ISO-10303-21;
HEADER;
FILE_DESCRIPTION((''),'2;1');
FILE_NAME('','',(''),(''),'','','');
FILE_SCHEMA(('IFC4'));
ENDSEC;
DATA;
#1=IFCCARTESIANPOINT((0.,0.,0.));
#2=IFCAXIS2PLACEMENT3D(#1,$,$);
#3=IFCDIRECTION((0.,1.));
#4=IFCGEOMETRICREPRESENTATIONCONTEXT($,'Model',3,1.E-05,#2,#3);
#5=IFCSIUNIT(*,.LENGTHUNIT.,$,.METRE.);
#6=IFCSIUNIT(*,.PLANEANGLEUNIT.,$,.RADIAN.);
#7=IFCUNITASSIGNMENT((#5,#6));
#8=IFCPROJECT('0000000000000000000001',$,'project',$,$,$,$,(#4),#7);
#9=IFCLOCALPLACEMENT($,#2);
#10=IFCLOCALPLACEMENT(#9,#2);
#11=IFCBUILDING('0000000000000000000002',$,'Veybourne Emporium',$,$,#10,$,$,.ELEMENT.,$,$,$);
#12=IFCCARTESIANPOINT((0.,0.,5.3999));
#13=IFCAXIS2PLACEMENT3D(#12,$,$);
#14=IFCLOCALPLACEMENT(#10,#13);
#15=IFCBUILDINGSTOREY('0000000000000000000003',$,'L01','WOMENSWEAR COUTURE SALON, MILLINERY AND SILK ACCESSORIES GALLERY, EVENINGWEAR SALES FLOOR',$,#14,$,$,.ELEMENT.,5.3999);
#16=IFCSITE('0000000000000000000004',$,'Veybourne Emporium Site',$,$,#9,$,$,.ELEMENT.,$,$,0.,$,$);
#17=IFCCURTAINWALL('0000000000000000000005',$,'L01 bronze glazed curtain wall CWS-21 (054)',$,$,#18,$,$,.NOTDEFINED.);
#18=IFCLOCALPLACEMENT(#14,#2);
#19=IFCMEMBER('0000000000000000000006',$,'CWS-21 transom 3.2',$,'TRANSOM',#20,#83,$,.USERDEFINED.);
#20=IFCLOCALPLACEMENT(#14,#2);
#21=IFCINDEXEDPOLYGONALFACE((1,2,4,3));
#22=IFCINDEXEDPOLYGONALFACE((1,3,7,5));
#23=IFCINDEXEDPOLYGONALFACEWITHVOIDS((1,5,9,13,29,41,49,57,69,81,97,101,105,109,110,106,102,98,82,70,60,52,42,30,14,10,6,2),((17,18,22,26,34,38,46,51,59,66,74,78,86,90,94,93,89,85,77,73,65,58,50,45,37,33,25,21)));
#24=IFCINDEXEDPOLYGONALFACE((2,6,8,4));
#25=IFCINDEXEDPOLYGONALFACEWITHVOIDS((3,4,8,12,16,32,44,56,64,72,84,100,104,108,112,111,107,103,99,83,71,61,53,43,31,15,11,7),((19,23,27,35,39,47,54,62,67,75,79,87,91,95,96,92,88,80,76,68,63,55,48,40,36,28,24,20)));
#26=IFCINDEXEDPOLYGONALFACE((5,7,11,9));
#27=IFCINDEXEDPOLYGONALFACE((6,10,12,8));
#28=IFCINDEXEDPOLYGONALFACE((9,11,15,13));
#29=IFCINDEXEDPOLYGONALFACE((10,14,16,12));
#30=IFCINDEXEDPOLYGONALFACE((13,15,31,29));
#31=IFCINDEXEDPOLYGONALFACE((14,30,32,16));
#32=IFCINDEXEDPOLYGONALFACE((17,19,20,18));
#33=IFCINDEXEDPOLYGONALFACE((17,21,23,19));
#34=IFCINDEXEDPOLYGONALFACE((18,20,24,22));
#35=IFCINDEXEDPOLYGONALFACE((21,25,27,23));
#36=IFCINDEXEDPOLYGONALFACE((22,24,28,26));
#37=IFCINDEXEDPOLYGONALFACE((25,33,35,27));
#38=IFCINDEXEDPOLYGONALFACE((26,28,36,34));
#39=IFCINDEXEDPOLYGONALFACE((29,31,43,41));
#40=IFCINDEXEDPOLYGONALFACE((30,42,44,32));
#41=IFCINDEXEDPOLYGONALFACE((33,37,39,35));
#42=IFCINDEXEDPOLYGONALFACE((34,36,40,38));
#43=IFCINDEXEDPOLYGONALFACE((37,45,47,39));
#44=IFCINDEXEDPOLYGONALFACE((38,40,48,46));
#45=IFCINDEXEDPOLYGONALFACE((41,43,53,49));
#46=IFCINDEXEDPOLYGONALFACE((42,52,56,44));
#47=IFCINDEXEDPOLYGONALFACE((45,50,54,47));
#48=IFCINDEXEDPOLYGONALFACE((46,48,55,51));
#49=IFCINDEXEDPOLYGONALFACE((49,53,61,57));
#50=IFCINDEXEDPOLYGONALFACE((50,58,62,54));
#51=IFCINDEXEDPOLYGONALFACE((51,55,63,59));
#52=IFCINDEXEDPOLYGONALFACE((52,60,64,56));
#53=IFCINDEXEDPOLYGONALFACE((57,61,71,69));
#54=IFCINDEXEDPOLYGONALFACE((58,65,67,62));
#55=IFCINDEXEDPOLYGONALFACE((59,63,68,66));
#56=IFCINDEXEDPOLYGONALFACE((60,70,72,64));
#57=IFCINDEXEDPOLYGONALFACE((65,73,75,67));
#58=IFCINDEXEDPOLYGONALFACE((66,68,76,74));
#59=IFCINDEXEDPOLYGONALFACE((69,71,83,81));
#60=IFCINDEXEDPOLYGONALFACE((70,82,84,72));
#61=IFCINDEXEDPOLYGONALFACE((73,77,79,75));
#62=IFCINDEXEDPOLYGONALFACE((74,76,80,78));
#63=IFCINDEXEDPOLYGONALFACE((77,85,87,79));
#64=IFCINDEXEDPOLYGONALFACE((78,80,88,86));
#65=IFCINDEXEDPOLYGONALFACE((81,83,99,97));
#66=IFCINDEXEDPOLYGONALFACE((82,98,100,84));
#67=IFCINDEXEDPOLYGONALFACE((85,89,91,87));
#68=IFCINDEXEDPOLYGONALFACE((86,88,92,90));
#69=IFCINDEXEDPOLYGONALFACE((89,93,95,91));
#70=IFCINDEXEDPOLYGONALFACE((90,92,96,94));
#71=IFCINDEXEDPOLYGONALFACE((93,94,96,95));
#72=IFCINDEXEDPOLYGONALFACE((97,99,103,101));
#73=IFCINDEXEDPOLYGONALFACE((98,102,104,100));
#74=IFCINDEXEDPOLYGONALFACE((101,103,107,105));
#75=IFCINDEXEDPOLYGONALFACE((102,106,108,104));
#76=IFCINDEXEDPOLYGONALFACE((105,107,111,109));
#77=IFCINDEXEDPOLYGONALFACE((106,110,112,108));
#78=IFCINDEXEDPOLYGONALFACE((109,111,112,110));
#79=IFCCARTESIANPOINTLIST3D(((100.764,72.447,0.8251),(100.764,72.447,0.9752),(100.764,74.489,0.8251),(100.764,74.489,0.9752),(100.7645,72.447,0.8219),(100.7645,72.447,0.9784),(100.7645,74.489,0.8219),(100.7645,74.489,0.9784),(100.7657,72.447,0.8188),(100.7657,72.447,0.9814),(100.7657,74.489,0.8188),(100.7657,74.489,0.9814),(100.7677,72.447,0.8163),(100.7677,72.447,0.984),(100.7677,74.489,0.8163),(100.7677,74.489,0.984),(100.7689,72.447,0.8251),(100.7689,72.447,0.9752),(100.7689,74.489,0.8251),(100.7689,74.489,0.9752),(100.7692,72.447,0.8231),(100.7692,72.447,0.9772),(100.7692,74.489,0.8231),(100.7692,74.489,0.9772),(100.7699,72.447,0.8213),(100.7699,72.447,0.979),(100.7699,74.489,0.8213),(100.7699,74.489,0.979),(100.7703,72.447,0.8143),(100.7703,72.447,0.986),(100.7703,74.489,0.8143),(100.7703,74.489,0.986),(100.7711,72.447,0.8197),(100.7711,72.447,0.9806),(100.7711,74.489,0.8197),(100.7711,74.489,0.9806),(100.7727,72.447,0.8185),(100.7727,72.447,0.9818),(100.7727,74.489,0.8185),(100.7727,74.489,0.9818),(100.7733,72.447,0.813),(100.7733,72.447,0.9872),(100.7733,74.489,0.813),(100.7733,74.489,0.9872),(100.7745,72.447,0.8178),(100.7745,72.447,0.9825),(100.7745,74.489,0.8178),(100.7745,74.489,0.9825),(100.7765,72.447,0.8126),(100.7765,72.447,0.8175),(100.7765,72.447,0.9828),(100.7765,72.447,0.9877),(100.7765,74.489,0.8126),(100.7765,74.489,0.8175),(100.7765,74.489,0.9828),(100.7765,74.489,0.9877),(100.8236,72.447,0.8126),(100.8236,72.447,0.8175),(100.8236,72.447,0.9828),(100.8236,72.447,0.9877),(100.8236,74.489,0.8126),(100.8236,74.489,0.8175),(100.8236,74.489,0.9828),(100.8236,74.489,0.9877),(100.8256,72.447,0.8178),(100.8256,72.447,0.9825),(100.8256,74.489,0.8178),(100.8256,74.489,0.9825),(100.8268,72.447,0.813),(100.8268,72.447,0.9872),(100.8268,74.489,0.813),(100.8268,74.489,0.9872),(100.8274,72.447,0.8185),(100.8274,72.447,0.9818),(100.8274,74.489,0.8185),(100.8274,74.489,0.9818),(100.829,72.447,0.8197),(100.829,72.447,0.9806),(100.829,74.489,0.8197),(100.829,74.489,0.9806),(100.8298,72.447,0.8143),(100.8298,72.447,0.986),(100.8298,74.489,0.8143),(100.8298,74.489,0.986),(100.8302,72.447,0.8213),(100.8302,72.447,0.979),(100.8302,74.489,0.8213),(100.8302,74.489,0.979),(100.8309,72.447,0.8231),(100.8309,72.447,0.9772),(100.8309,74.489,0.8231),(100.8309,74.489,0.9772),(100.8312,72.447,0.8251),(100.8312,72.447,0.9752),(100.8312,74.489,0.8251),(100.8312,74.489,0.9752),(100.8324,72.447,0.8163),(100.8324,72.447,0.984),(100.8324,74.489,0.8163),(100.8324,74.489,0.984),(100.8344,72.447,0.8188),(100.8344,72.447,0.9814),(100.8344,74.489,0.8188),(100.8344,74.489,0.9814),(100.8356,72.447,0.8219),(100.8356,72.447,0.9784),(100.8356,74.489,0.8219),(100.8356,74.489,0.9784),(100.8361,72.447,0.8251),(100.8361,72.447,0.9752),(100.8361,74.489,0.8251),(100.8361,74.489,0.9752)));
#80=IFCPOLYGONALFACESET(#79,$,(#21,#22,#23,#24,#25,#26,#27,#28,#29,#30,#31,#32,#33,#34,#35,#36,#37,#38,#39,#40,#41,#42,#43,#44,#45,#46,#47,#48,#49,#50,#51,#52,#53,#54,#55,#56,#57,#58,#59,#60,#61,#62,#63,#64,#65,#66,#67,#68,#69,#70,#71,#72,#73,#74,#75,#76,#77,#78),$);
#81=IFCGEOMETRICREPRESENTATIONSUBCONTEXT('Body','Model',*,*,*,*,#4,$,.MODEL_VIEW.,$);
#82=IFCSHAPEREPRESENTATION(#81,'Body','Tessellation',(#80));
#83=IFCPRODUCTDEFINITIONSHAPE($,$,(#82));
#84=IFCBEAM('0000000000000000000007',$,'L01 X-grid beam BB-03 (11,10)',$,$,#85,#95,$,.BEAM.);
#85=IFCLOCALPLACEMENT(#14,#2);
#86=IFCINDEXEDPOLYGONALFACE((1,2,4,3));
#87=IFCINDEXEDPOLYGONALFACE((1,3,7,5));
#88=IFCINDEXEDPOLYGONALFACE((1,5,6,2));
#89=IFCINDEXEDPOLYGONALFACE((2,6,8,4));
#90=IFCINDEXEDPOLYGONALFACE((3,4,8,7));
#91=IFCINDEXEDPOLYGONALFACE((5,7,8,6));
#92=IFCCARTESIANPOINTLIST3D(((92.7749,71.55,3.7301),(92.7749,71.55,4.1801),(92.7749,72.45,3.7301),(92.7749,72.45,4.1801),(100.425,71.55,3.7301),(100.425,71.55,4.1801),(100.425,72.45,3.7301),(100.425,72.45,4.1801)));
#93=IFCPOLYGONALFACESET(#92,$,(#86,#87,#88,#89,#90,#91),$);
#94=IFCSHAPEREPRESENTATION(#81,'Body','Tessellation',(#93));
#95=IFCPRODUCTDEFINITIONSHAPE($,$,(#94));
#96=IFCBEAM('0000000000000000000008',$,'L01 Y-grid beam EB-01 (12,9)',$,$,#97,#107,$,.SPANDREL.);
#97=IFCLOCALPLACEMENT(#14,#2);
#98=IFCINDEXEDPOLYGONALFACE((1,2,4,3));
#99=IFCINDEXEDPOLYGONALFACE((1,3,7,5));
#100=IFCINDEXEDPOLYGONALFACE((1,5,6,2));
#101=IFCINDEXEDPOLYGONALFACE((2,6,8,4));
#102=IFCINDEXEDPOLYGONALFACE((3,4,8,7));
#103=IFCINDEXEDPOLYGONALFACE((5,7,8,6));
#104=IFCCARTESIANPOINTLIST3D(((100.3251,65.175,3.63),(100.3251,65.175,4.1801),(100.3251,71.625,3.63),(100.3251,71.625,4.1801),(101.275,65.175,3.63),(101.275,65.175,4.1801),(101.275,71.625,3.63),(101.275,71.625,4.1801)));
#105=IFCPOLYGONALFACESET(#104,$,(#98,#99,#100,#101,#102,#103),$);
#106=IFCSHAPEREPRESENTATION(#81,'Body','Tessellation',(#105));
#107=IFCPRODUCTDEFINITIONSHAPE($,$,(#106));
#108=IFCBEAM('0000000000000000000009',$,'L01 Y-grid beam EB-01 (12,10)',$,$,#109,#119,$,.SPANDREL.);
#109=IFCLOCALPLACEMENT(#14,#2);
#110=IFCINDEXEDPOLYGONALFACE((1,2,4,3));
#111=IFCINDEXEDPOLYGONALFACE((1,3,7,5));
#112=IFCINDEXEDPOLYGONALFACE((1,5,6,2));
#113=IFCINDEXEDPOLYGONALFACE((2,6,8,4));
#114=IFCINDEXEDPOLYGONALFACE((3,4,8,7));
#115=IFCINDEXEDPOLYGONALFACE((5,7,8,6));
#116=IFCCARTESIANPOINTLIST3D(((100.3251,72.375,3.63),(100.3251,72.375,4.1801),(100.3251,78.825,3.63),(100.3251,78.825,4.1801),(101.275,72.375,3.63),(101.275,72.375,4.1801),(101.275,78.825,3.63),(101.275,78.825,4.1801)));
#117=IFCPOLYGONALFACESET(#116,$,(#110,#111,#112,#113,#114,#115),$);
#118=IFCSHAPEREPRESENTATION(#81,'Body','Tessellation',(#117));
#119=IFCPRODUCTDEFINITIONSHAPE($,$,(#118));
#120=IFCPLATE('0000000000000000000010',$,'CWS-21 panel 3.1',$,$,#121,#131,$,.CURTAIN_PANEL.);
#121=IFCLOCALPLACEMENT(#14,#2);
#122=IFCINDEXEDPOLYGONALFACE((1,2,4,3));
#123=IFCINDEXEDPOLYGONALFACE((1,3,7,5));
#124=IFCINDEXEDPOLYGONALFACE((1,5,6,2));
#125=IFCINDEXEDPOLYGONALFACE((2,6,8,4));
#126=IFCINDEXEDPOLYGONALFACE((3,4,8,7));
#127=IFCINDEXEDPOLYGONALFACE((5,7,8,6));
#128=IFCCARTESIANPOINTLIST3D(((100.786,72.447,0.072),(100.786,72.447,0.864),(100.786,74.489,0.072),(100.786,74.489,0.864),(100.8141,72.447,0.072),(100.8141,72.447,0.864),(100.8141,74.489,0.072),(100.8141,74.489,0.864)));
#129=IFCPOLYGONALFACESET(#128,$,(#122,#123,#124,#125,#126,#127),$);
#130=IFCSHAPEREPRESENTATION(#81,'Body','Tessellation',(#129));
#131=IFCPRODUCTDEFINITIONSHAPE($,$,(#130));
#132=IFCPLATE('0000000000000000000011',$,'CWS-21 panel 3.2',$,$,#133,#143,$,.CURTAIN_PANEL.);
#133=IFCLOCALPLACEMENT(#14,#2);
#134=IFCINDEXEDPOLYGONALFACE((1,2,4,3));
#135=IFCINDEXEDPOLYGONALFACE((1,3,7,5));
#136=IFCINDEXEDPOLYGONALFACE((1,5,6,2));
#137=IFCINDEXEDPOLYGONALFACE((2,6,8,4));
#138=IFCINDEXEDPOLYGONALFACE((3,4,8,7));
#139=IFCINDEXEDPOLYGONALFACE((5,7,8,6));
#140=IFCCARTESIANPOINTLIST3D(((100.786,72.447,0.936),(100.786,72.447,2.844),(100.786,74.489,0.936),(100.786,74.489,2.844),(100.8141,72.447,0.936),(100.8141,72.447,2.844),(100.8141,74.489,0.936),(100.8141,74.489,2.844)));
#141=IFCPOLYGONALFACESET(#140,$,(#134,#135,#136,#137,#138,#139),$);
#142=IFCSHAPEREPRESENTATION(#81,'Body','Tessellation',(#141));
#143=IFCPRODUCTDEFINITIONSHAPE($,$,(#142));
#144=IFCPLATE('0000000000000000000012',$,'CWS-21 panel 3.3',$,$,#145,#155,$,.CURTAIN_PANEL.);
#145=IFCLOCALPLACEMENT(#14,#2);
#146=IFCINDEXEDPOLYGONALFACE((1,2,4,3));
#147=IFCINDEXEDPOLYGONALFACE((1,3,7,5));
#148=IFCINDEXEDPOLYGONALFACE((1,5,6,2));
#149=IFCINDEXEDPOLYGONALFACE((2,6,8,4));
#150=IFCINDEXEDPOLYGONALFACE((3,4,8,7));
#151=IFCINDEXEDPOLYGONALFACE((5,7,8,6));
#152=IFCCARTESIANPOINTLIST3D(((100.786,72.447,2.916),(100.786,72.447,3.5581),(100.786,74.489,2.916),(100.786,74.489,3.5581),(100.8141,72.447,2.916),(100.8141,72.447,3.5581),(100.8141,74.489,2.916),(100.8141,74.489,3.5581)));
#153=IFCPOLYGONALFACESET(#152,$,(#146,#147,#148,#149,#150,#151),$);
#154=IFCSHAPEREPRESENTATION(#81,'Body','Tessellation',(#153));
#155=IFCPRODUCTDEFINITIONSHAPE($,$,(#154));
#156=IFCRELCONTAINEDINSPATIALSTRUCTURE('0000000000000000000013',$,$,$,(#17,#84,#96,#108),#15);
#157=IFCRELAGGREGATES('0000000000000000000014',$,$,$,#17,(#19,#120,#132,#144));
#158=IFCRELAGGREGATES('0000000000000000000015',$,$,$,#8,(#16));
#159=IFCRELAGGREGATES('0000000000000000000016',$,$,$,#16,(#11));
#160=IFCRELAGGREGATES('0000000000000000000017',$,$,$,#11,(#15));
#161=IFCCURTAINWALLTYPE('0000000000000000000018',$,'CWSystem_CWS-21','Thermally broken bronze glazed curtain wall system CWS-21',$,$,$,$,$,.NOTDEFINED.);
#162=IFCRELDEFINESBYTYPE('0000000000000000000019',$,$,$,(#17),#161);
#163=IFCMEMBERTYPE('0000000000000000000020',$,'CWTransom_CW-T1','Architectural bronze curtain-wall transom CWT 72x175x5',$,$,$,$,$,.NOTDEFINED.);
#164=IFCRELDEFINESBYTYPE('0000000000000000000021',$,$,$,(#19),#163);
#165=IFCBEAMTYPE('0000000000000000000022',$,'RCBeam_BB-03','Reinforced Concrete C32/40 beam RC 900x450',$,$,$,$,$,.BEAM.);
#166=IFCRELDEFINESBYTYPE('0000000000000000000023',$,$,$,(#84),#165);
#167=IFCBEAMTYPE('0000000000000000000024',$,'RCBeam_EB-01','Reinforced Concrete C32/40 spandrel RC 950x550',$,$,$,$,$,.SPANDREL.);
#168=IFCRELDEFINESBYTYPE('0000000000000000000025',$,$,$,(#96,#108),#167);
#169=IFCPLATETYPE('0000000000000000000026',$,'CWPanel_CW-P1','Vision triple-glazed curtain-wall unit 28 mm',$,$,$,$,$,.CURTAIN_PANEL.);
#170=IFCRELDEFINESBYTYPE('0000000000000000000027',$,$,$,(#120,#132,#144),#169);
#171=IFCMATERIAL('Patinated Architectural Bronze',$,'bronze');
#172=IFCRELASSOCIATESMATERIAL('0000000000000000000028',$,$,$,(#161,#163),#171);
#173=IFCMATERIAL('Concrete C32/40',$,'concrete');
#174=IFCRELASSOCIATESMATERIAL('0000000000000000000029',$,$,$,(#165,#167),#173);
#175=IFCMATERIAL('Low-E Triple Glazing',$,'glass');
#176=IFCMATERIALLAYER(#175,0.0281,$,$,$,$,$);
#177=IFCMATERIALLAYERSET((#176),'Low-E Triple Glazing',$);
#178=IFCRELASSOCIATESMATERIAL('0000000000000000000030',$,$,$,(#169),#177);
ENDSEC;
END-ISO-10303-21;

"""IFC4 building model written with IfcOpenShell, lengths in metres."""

from ifc_helpers import new_model, si_unit, direction, frame, origin, origin_2d, place, context, subcontext, project, spatial, rectangle, hollow_rectangle, extrude, material, layer, layer_set, material_profile, profile_set, type_object, element, aggregate, save


model = new_model("IFC4")

# Units and contexts
model_context = context("Model", 3, precision=1e-05, world=origin(), true_north=direction((0.0, 1.0)))
body_context = subcontext(model_context, "Body", "Model", "MODEL_VIEW")
ifc_project = project(units=[si_unit("LENGTHUNIT", "METRE"), si_unit("PLANEANGLEUNIT", "RADIAN")], contexts=[model_context])

# Site, building, storey
site_placement = place(None, origin())
site = spatial("IfcSite", under=ifc_project, at=site_placement, Name="Veybourne Emporium Site", CompositionType="ELEMENT", RefElevation=0.0)
building_placement = place(site_placement, origin())
building = spatial("IfcBuilding", under=site, at=building_placement, Name="Veybourne Emporium", CompositionType="ELEMENT")
storey_placement = place(building_placement, frame((0.0, 0.0, 5.3999)))
storey = spatial("IfcBuildingStorey", under=building, at=storey_placement, Name="L01", Description="WOMENSWEAR COUTURE SALON, MILLINERY AND SILK ACCESSORIES GALLERY, EVENINGWEAR SALES FLOOR", CompositionType="ELEMENT", Elevation=5.3999)

# Curtain wall, member
ifc_material_1 = material(Name="Patinated Architectural Bronze", Category="bronze")
curtain_wall_type = type_object("IfcCurtainWallType", Name="CWSystem_CWS-21", Description="Thermally broken bronze glazed curtain wall system CWS-21", PredefinedType="NOTDEFINED", material=ifc_material_1)
curtain_wall_placement = place(storey_placement, origin())
curtain_wall = element("IfcCurtainWall", 1, at=curtain_wall_placement, inside=storey, type_object=curtain_wall_type, Name="L01 bronze glazed curtain wall CWS-21 (054)", PredefinedType="NOTDEFINED")
ifc_material_profile_1 = material_profile(ifc_material_1, hollow_rectangle(XDim=0.072, YDim=0.175, WallThickness=0.0049, InnerFilletRadius=0.0076, OuterFilletRadius=0.0125, at=origin_2d()), Name="CWT 72x175x5")
ifc_profile_set_1 = profile_set([ifc_material_profile_1], Name="Patinated Architectural Bronze")
member_type_1 = type_object("IfcMemberType", Name="CWTransom_CW-T1", Description="Architectural bronze curtain-wall transom CWT 72x175x5", PredefinedType="NOTDEFINED", material=ifc_profile_set_1)
member_1_placement = place(storey_placement, frame((100.8, 74.489, 0.9001), z_axis=(0.0, -1.0, 0.0), x_axis=(1.0, 0.0, 0.0)))
member_1 = element("IfcMember", 2, at=member_1_placement, type_object=member_type_1, Name="CWS-21 transom 3.2", ObjectType="TRANSOM", PredefinedType="USERDEFINED", context=body_context, shape_type="SweptSolid", body=[
    extrude(hollow_rectangle(XDim=0.072, YDim=0.175, WallThickness=0.0049, InnerFilletRadius=0.0076, OuterFilletRadius=0.0125, at=origin_2d()), origin(), (0.0, 0.0, 1.0), 2.042),
])

# Beams
ifc_material_2 = material(Name="Concrete C32/40", Category="concrete")
ifc_material_profile_2 = material_profile(ifc_material_2, rectangle(XDim=0.8999, YDim=0.45, at=origin_2d()), Name="RC 900x450")
ifc_profile_set_2 = profile_set([ifc_material_profile_2], Name="Concrete C32/40")
beam_type_1 = type_object("IfcBeamType", Name="RCBeam_BB-03", Description="Reinforced Concrete C32/40 beam RC 900x450", PredefinedType="BEAM", material=ifc_profile_set_2)
beam_placement = place(storey_placement, frame((92.7749, 72.0, 3.9551), z_axis=(1.0, 0.0, 0.0), x_axis=(0.0, 1.0, 0.0)))
element("IfcBeam", 3, at=beam_placement, inside=storey, type_object=beam_type_1, Name="L01 X-grid beam BB-03 (11,10)", PredefinedType="BEAM", context=body_context, shape_type="SweptSolid", body=[
    extrude(rectangle(XDim=0.8999, YDim=0.45, at=origin_2d()), origin(), (0.0, 0.0, 1.0), 7.6501),
])
ifc_material_profile_3 = material_profile(ifc_material_2, rectangle(XDim=0.95, YDim=0.55, at=origin_2d()), Name="RC 950x550")
ifc_profile_set_3 = profile_set([ifc_material_profile_3], Name="Concrete C32/40")
beam_type_2 = type_object("IfcBeamType", Name="RCBeam_EB-01", Description="Reinforced Concrete C32/40 spandrel RC 950x550", PredefinedType="SPANDREL", material=ifc_profile_set_3)
for number, where, z_axis, x_axis, name in (
    (4, (100.8, 65.175, 3.905), (0.0, 1.0, 0.0), (-1.0, 0.0, 0.0), "L01 Y-grid beam EB-01 (12,9)"),
    (5, (100.8, 72.375, 3.905), (0.0, 1.0, 0.0), (-1.0, 0.0, 0.0), "L01 Y-grid beam EB-01 (12,10)"),
):
    element("IfcBeam", number, at=place(storey_placement, frame(where, z_axis=z_axis, x_axis=x_axis)), inside=storey, type_object=beam_type_2, Name=name, PredefinedType="SPANDREL", context=body_context, shape_type="SweptSolid", body=[
        extrude(rectangle(XDim=0.95, YDim=0.55, at=origin_2d()), origin(), (0.0, 0.0, 1.0), 6.45),
    ])

# Plates
ifc_material_3 = material(Name="Low-E Triple Glazing", Category="glass")
ifc_layer_1 = layer(ifc_material_3, 0.0281)
ifc_layer_set_1 = layer_set([ifc_layer_1], Name="Low-E Triple Glazing")
plate_type = type_object("IfcPlateType", Name="CWPanel_CW-P1", Description="Vision triple-glazed curtain-wall unit 28 mm", PredefinedType="CURTAIN_PANEL", material=ifc_layer_set_1)
plate_1_placement = place(storey_placement, frame((100.8, 73.468, 0.072), z_axis=(0.0, 0.0, 1.0), x_axis=(0.0, -1.0, 0.0)))
plate_1 = element("IfcPlate", 6, at=plate_1_placement, type_object=plate_type, Name="CWS-21 panel 3.1", PredefinedType="CURTAIN_PANEL", context=body_context, shape_type="SweptSolid", body=[
    extrude(rectangle(XDim=2.042, YDim=0.0281, at=origin_2d()), origin(), (0.0, 0.0, 1.0), 0.792),
])
plate_2_placement = place(storey_placement, frame((100.8, 73.468, 0.936), z_axis=(0.0, 0.0, 1.0), x_axis=(0.0, -1.0, 0.0)))
plate_2 = element("IfcPlate", 7, at=plate_2_placement, type_object=plate_type, Name="CWS-21 panel 3.2", PredefinedType="CURTAIN_PANEL", context=body_context, shape_type="SweptSolid", body=[
    extrude(rectangle(XDim=2.042, YDim=0.0281, at=origin_2d()), origin(), (0.0, 0.0, 1.0), 1.908),
])
plate_3_placement = place(storey_placement, frame((100.8, 73.468, 2.916), z_axis=(0.0, 0.0, 1.0), x_axis=(0.0, -1.0, 0.0)))
plate_3 = element("IfcPlate", 8, at=plate_3_placement, type_object=plate_type, Name="CWS-21 panel 3.3", PredefinedType="CURTAIN_PANEL", context=body_context, shape_type="SweptSolid", body=[
    extrude(rectangle(XDim=2.042, YDim=0.0281, at=origin_2d()), origin(), (0.0, 0.0, 1.0), 0.6421),
])
aggregate(curtain_wall, [member_1, plate_1, plate_2, plate_3])

save(model, "model.ifc")
